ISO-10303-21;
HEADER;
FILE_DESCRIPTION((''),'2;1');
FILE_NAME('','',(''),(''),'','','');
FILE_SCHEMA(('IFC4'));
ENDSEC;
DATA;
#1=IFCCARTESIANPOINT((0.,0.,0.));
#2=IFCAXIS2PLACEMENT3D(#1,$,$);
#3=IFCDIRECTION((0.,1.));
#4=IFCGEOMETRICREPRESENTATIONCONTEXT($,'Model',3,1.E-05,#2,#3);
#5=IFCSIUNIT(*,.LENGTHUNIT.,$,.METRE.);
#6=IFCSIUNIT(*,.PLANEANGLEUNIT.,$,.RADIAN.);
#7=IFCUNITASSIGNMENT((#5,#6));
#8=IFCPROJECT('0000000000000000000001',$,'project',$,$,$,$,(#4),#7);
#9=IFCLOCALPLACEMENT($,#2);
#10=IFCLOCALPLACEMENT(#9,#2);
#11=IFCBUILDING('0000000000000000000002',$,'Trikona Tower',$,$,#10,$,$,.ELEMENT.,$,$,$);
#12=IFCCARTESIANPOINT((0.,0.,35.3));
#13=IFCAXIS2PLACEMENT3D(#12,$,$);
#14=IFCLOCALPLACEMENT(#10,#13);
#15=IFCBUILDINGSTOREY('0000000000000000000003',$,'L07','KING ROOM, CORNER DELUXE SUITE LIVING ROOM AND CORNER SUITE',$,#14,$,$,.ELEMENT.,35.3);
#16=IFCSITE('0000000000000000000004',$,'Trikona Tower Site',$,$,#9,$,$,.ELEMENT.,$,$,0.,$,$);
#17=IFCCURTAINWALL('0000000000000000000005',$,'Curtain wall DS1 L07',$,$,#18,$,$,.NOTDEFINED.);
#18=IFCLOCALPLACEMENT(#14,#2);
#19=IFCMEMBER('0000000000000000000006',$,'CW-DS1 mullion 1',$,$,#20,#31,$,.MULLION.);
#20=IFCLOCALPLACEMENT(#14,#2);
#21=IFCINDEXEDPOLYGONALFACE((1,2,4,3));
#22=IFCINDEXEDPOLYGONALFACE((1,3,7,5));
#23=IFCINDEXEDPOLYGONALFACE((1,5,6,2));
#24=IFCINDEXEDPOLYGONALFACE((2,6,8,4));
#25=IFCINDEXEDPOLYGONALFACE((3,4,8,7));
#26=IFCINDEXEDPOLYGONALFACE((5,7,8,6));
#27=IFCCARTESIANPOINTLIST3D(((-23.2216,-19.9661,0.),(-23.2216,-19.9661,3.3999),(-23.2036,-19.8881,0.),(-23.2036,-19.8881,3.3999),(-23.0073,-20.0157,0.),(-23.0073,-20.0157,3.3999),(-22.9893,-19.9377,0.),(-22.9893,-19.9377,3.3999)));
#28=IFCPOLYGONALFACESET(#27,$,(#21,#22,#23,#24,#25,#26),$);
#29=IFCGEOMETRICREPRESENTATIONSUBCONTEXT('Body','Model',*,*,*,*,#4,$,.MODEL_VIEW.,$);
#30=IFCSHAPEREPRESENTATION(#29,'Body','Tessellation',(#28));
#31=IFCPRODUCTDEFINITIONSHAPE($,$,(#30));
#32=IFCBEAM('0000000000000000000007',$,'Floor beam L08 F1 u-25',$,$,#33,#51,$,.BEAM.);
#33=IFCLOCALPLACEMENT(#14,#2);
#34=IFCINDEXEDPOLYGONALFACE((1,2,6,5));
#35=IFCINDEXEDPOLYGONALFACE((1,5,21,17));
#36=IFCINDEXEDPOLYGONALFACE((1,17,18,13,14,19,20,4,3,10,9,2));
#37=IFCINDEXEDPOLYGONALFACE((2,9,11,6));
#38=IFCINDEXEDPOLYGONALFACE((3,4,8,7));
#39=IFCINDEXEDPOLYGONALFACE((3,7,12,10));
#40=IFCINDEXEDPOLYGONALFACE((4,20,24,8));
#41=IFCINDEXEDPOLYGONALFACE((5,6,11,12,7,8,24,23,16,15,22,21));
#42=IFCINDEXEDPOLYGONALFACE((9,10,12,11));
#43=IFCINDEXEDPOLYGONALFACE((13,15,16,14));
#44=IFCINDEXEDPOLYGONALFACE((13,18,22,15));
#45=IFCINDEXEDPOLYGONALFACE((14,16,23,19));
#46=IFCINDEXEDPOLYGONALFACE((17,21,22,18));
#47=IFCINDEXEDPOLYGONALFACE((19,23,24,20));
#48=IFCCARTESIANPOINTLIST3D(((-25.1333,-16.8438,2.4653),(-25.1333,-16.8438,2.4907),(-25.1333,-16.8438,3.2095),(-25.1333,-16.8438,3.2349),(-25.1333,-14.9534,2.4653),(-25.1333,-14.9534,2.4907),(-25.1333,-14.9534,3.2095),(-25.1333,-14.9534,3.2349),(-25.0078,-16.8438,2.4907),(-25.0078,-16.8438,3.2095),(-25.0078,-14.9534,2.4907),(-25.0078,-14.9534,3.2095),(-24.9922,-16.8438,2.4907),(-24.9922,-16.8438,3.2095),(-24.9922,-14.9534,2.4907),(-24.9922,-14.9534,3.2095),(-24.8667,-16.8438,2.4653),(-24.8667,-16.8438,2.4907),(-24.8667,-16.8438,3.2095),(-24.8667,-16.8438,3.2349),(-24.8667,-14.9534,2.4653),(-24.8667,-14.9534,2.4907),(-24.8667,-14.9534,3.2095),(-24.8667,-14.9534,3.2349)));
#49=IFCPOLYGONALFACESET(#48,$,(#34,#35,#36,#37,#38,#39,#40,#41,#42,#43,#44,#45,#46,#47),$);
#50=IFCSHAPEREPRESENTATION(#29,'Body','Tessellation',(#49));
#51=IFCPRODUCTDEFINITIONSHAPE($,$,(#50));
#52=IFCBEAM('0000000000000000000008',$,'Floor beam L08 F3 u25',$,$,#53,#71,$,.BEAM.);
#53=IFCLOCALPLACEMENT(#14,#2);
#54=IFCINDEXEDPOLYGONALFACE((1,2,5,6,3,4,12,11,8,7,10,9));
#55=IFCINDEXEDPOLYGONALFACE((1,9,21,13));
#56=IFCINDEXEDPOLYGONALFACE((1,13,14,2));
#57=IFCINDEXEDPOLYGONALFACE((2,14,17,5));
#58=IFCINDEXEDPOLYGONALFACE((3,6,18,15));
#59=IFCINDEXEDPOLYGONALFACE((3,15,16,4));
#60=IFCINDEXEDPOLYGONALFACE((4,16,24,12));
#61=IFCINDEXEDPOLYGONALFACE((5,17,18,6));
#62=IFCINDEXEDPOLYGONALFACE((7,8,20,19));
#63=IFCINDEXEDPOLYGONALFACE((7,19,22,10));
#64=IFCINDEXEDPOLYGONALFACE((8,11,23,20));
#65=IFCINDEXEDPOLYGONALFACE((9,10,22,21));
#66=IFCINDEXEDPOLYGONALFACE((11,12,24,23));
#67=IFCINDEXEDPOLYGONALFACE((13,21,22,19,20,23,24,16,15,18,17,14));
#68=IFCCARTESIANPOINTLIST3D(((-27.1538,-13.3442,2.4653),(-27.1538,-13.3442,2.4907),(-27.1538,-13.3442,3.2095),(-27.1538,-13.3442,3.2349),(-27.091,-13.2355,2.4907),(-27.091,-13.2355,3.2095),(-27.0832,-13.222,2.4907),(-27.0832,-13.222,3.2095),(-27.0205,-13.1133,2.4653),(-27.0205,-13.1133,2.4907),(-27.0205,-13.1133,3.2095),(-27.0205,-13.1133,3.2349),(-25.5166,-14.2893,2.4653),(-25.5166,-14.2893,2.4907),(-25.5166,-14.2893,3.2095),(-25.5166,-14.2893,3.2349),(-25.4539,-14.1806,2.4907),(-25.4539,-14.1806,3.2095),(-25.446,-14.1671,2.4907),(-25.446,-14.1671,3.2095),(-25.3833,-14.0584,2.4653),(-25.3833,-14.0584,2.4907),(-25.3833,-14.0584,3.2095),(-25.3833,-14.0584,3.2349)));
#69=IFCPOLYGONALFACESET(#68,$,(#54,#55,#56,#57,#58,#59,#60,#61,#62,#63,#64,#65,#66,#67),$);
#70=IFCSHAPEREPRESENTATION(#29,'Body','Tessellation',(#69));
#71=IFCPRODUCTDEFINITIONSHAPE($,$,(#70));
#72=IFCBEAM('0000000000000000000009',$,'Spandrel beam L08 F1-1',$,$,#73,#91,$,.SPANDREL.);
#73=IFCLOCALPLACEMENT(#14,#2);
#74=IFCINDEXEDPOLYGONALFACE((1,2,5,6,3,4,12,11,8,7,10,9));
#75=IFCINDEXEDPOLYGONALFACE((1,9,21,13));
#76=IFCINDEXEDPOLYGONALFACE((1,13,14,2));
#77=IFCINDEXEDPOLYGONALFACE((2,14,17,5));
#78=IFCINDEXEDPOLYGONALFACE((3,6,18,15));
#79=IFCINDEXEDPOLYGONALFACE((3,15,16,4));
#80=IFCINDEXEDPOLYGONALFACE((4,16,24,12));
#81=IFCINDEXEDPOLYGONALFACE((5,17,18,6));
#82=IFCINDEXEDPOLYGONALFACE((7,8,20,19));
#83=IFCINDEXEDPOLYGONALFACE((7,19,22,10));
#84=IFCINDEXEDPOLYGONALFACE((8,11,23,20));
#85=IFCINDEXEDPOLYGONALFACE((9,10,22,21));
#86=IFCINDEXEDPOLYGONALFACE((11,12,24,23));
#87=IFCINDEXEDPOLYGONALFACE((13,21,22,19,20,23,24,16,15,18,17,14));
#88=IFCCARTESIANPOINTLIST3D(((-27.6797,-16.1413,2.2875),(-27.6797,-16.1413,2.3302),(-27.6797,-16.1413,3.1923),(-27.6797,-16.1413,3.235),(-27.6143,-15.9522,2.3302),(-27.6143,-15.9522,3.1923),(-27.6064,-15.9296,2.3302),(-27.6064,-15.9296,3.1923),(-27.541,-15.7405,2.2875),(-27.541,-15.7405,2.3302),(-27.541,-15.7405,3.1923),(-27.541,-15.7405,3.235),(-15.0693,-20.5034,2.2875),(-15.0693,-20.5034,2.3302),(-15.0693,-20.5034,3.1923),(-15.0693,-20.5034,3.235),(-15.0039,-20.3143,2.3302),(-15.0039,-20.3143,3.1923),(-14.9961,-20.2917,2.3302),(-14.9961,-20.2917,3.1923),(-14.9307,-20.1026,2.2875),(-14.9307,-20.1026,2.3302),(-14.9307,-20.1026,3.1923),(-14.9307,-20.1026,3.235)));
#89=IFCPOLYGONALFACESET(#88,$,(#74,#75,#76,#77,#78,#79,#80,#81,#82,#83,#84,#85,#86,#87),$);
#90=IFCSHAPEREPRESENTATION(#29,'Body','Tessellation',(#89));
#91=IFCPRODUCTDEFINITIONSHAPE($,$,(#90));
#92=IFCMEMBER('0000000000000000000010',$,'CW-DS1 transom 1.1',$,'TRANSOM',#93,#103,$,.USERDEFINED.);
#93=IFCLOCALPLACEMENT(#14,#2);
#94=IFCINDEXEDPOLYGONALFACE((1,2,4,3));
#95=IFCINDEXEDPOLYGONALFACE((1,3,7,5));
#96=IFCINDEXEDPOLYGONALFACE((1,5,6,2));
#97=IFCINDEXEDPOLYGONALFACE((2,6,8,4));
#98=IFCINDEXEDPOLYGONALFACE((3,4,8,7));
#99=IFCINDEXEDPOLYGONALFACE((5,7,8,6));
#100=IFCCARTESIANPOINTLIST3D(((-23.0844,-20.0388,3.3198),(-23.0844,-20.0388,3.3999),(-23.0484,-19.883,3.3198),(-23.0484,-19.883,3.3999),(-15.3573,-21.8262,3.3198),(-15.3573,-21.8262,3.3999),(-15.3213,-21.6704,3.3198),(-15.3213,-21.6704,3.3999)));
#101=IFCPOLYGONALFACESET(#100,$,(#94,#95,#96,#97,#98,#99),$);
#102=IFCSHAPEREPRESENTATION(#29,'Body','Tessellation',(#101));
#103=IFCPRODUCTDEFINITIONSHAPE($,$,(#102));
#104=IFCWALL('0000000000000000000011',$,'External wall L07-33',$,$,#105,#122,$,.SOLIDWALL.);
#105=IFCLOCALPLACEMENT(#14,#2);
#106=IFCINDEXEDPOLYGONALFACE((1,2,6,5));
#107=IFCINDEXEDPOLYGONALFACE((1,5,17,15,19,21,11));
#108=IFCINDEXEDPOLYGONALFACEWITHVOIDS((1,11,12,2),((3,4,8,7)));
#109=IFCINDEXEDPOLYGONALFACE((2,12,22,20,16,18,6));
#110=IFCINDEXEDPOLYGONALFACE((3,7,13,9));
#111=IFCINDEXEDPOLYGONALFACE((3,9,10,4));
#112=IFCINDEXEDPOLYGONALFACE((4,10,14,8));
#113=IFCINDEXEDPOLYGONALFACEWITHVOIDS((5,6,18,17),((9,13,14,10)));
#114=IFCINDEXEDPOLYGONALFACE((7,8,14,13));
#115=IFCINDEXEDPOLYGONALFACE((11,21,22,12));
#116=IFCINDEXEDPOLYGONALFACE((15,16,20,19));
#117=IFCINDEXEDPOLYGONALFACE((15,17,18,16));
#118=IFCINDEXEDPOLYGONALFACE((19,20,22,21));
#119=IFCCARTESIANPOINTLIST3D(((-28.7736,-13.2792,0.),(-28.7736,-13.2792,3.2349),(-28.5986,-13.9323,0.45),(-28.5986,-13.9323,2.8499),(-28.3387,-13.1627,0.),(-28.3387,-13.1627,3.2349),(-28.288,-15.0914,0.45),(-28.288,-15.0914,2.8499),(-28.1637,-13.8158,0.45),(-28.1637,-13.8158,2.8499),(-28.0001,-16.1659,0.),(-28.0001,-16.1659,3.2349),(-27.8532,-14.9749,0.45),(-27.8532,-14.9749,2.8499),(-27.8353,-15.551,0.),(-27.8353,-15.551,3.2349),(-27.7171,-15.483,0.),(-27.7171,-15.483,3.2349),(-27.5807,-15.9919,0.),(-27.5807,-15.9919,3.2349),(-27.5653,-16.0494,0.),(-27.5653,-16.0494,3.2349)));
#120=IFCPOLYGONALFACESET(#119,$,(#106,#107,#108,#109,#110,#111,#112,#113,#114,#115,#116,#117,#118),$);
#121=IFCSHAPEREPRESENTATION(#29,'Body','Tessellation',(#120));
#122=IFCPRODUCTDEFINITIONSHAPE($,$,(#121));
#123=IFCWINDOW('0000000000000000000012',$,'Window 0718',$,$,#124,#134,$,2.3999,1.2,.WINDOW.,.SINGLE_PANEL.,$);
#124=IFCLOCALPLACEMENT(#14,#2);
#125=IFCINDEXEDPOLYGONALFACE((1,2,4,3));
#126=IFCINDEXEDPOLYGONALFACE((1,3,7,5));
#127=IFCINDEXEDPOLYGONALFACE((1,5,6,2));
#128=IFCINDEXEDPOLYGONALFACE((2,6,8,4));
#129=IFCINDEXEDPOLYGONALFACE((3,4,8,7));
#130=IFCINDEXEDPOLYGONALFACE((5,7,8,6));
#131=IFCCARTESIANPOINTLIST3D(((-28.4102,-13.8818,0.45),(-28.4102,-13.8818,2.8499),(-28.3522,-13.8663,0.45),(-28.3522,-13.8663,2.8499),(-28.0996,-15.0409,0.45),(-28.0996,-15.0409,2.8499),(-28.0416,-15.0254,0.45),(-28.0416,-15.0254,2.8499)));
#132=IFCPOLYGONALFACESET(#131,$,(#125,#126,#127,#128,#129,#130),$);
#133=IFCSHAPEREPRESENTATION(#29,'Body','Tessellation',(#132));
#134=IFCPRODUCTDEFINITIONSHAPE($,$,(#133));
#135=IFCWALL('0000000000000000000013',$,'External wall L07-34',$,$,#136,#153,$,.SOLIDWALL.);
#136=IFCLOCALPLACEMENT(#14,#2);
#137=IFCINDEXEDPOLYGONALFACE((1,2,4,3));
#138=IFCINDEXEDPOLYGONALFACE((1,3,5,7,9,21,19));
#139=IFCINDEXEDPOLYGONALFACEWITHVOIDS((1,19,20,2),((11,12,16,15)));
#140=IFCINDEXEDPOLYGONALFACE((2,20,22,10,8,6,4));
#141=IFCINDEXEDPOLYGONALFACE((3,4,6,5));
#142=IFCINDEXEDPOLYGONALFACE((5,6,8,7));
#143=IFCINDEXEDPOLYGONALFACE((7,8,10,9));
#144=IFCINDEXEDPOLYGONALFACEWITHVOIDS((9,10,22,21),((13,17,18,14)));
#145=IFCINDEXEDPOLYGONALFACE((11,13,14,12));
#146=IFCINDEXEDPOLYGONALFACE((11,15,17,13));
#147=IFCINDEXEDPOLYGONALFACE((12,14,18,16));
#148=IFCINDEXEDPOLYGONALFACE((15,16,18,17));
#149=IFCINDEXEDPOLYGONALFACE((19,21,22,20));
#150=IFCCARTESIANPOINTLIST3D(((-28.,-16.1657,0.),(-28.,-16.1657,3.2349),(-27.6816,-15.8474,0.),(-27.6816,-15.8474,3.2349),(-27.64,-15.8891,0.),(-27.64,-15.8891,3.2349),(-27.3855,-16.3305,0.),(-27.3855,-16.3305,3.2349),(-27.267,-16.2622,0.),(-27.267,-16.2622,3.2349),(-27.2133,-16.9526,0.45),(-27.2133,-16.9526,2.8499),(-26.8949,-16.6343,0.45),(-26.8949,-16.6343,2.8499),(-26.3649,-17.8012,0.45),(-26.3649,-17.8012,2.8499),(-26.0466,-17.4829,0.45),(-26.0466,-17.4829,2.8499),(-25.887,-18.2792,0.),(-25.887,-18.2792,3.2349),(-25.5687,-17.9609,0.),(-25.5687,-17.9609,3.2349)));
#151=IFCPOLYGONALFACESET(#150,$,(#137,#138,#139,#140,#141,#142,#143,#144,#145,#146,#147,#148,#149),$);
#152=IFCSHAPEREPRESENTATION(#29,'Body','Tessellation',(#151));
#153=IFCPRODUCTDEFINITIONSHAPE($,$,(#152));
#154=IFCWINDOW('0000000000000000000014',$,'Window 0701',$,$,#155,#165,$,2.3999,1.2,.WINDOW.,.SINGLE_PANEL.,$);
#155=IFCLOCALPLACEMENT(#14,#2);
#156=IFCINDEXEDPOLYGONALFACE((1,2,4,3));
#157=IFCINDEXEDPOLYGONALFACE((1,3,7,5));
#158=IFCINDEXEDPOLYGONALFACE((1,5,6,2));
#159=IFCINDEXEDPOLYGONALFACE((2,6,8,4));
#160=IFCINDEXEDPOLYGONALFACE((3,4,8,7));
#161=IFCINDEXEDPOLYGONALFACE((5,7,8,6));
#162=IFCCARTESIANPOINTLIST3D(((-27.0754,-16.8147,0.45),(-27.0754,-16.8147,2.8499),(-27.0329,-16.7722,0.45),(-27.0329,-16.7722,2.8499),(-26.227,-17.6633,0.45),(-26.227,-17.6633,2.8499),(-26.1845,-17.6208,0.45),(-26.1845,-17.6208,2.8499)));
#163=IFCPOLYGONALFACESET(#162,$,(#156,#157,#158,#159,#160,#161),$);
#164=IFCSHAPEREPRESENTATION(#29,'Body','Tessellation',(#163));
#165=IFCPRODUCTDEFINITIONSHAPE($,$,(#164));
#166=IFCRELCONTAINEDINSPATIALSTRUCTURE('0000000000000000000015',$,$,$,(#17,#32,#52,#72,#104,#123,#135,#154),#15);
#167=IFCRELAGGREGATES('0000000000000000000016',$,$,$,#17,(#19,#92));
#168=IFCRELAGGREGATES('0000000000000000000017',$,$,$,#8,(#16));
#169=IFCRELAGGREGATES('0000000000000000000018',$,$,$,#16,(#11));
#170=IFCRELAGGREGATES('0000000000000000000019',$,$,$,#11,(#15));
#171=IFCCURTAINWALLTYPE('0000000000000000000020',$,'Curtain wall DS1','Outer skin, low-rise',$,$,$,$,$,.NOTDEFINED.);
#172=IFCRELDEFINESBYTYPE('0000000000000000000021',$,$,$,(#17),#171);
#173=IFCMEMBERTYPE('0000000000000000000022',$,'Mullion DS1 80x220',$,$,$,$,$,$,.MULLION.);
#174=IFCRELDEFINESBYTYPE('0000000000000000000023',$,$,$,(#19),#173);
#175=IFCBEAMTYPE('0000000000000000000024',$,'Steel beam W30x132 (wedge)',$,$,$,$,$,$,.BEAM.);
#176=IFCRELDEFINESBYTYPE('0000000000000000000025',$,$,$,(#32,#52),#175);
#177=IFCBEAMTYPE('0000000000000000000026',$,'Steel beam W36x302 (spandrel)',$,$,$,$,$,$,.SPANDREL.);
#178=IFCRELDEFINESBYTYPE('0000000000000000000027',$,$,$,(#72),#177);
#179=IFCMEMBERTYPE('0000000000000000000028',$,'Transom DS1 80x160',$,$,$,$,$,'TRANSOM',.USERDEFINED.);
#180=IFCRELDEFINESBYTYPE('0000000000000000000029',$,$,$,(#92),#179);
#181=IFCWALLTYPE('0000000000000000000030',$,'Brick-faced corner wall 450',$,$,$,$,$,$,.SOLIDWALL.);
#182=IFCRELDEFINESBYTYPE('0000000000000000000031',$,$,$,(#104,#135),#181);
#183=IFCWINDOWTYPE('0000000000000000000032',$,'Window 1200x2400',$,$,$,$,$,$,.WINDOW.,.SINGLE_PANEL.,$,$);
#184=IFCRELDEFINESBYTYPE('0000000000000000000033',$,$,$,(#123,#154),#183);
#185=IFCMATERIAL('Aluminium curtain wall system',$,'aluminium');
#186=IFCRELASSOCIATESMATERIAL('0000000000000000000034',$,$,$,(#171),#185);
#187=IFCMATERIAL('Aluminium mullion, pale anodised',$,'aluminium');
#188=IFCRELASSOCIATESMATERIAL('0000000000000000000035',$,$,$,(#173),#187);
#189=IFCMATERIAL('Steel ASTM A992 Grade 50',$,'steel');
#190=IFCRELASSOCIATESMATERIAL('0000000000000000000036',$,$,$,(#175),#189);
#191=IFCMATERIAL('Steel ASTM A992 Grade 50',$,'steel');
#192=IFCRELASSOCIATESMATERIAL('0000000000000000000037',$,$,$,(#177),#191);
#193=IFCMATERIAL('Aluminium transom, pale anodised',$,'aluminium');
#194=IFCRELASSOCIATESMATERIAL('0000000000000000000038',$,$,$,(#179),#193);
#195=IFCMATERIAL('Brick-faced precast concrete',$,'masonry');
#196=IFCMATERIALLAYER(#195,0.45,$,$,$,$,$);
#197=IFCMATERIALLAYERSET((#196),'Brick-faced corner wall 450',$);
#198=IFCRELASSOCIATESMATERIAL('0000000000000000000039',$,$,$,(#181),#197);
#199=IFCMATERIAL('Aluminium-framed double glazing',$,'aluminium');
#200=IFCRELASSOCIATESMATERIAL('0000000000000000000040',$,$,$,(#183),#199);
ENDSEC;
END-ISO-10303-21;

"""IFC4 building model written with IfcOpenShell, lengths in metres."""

from ifc_helpers import new_model, si_unit, direction, frame, frame_2d, origin, origin_2d, place, context, subcontext, project, spatial, polyline, rectangle, i_section, outline, extrude, material, layer, layer_set, material_profile, profile_set, type_object, element, fill, aggregate, save


model = new_model("IFC4")

# Units and contexts
model_context = context("Model", 3, precision=1e-05, world=origin(), true_north=direction((0.0, 1.0)))
body_context = subcontext(model_context, "Body", "Model", "MODEL_VIEW")
ifc_project = project(units=[si_unit("LENGTHUNIT", "METRE"), si_unit("PLANEANGLEUNIT", "RADIAN")], contexts=[model_context])

# Site, building, storey
site_placement = place(None, origin())
site = spatial("IfcSite", under=ifc_project, at=site_placement, Name="Trikona Tower Site", CompositionType="ELEMENT", RefElevation=0.0)
building_placement = place(site_placement, origin())
building = spatial("IfcBuilding", under=site, at=building_placement, Name="Trikona Tower", CompositionType="ELEMENT")
storey_placement = place(building_placement, frame((0.0, 0.0, 35.3)))
storey = spatial("IfcBuildingStorey", under=building, at=storey_placement, Name="L07", Description="KING ROOM, CORNER DELUXE SUITE LIVING ROOM AND CORNER SUITE", CompositionType="ELEMENT", Elevation=35.3)

# Curtain wall, member
ifc_material_1 = material(Name="Aluminium curtain wall system", Category="aluminium")
curtain_wall_type = type_object("IfcCurtainWallType", Name="Curtain wall DS1", Description="Outer skin, low-rise", PredefinedType="NOTDEFINED", material=ifc_material_1)
curtain_wall_placement = place(storey_placement, origin())
curtain_wall = element("IfcCurtainWall", 1, at=curtain_wall_placement, inside=storey, type_object=curtain_wall_type, Name="Curtain wall DS1 L07", PredefinedType="NOTDEFINED")
ifc_material_2 = material(Name="Aluminium mullion, pale anodised", Category="aluminium")
ifc_material_profile_1 = material_profile(ifc_material_2, rectangle(XDim=0.0801, YDim=0.22, at=origin_2d()), Name="MUL-DS1")
ifc_profile_set_1 = profile_set([ifc_material_profile_1], Name="Aluminium mullion, pale anodised")
member_type_1 = type_object("IfcMemberType", Name="Mullion DS1 80x220", PredefinedType="MULLION", material=ifc_profile_set_1)
member_1_placement = place(storey_placement, frame((-23.1055, -19.9519, 0.0), z_axis=(0.0, 0.0, 1.0), x_axis=(0.225343, 0.974279, 0.0)))
member_1 = element("IfcMember", 2, at=member_1_placement, type_object=member_type_1, Name="CW-DS1 mullion 1", PredefinedType="MULLION", context=body_context, shape_type="SweptSolid", body=[
    extrude(rectangle(XDim=0.0801, YDim=0.22, at=origin_2d()), origin(), (0.0, 0.0, 1.0), 3.3999),
])

# Beams
ifc_material_3 = material(Name="Steel ASTM A992 Grade 50", Category="steel")
ifc_material_profile_2 = material_profile(ifc_material_3, i_section(OverallWidth=0.2666, OverallDepth=0.7695, WebThickness=0.0156, FlangeThickness=0.0254, at=origin_2d()), Name="W30X132")
ifc_profile_set_2 = profile_set([ifc_material_profile_2], Name="Steel ASTM A992 Grade 50")
beam_type_1 = type_object("IfcBeamType", Name="Steel beam W30x132 (wedge)", PredefinedType="BEAM", material=ifc_profile_set_2)
for number, where, z_axis, x_axis, name in (
    (3, (-25.0, -14.9534, 2.8501), (0.0, -1.0, 0.0), (1.0, 0.0, 0.0), "Floor beam L08 F1 u-25"),
    (4, (-25.45, -14.1738, 2.8501), (-0.866065, 0.499931, 0.0), (-0.499931, -0.866065, 0.0), "Floor beam L08 F3 u25"),
):
    element("IfcBeam", number, at=place(storey_placement, frame(where, z_axis=z_axis, x_axis=x_axis)), inside=storey, type_object=beam_type_1, Name=name, PredefinedType="BEAM", context=body_context, shape_type="SweptSolid", body=[
        extrude(i_section(OverallWidth=0.2666, OverallDepth=0.7695, WebThickness=0.0156, FlangeThickness=0.0254, at=origin_2d()), origin(), (0.0, 0.0, 1.0), 1.8904),
    ])
ifc_material_4 = material(Name="Steel ASTM A992 Grade 50", Category="steel")
ifc_material_profile_3 = material_profile(ifc_material_4, i_section(OverallWidth=0.4241, OverallDepth=0.9475, WebThickness=0.0239, FlangeThickness=0.0427, at=origin_2d()), Name="W36X302")
ifc_profile_set_3 = profile_set([ifc_material_profile_3], Name="Steel ASTM A992 Grade 50")
beam_type_2 = type_object("IfcBeamType", Name="Steel beam W36x302 (spandrel)", PredefinedType="SPANDREL", material=ifc_profile_set_3)
beam_placement = place(storey_placement, frame((-27.6104, -15.9409, 2.7612), z_axis=(0.945057, -0.326906, 0.0), x_axis=(0.326906, 0.945057, 0.0)))
element("IfcBeam", 5, at=beam_placement, inside=storey, type_object=beam_type_2, Name="Spandrel beam L08 F1-1", PredefinedType="SPANDREL", context=body_context, shape_type="SweptSolid", body=[
    extrude(i_section(OverallWidth=0.4241, OverallDepth=0.9475, WebThickness=0.0239, FlangeThickness=0.0427, at=origin_2d()), origin(), (0.0, 0.0, 1.0), 13.3435),
])

# Member
ifc_material_5 = material(Name="Aluminium transom, pale anodised", Category="aluminium")
ifc_material_profile_4 = material_profile(ifc_material_5, rectangle(XDim=0.1599, YDim=0.0801, at=origin_2d()), Name="TRN-DS1")
ifc_profile_set_4 = profile_set([ifc_material_profile_4], Name="Aluminium transom, pale anodised")
member_type_2 = type_object("IfcMemberType", Name="Transom DS1 80x160", ElementType="TRANSOM", PredefinedType="USERDEFINED", material=ifc_profile_set_4)
member_2_placement = place(storey_placement, frame((-23.0664, -19.9609, 3.3599), z_axis=(0.974275, -0.225361, 0.0), x_axis=(0.225361, 0.974275, 0.0)))
member_2 = element("IfcMember", 6, at=member_2_placement, type_object=member_type_2, Name="CW-DS1 transom 1.1", ObjectType="TRANSOM", PredefinedType="USERDEFINED", context=body_context, shape_type="SweptSolid", body=[
    extrude(rectangle(XDim=0.1599, YDim=0.0801, at=origin_2d()), origin(), (0.0, 0.0, 1.0), 7.9312),
])
aggregate(curtain_wall, [member_1, member_2])

# Walls, openings, windows
ifc_material_6 = material(Name="Brick-faced precast concrete", Category="masonry")
ifc_layer_1 = layer(ifc_material_6, 0.45)
ifc_layer_set_1 = layer_set([ifc_layer_1], Name="Brick-faced corner wall 450")
wall_type_1 = type_object("IfcWallType", Name="Brick-faced corner wall 450", PredefinedType="SOLIDWALL", material=ifc_layer_set_1)
wall_1_placement = place(storey_placement, frame((-28.5562, -13.2209, 0.0), z_axis=(0.0, 0.0, 1.0), x_axis=(0.258801, -0.965931, 0.0)))
wall_1 = element("IfcWall", 7, at=wall_1_placement, inside=storey, type_object=wall_type_1, Name="External wall L07-33", PredefinedType="SOLIDWALL", context=body_context, shape_type="SweptSolid", body=[
    extrude(outline(polyline([(2.9885, 0.2251), (2.929, 0.2251), (2.4373, 0.0933), (2.4021, 0.2251), (0.0, 0.2251), (0.0, -0.2251), (2.9885, -0.2251), (2.9885, 0.2251)])), origin(), (0.0, 0.0, 1.0), 3.2349),
])
opening_1_placement = place(wall_1_placement, frame((0.676, 0.0, 0.45)))
opening_1 = element("IfcOpeningElement", 8, at=opening_1_placement, cuts=wall_1, PredefinedType="OPENING", context=body_context, shape_type="SweptSolid", body=[
    extrude(rectangle(XDim=1.2, YDim=2.3999, at=frame_2d((0.6001, 1.2))), frame((0.0, 0.2349, 0.0), z_axis=(0.0, -1.0, 0.0), x_axis=(1.0, 0.0, 0.0)), (0.0, 0.0, 1.0), 0.47),
])
ifc_material_7 = material(Name="Aluminium-framed double glazing", Category="aluminium")
window_type_1 = type_object("IfcWindowType", Name="Window 1200x2400", PartitioningType="SINGLE_PANEL", PredefinedType="WINDOW", material=ifc_material_7)
window_1_placement = place(opening_1_placement, origin())
window_1 = element("IfcWindow", 9, at=window_1_placement, inside=storey, type_object=window_type_1, Name="Window 0718", OverallHeight=2.3999, OverallWidth=1.2, PartitioningType="SINGLE_PANEL", PredefinedType="WINDOW", context=body_context, shape_type="SweptSolid", body=[
    extrude(rectangle(XDim=1.2, YDim=2.3999, at=frame_2d((0.6001, 1.2))), frame((0.0, 0.03, 0.0), z_axis=(0.0, -1.0, 0.0), x_axis=(1.0, 0.0, 0.0)), (0.0, 0.0, 1.0), 0.0601),
])
fill(opening_1, window_1)
wall_2_placement = place(storey_placement, frame((-27.8408, -16.0066, 0.0), z_axis=(0.0, 0.0, 1.0), x_axis=(0.707025, -0.707188, 0.0)))
wall_2 = element("IfcWall", 10, at=wall_2_placement, inside=storey, type_object=wall_type_1, Name="External wall L07-34", PredefinedType="SOLIDWALL", context=body_context, shape_type="SweptSolid", body=[
    extrude(outline(polyline([(2.9885, 0.2251), (0.5864, 0.2251), (0.551, 0.093), (0.0588, 0.2251), (0.0, 0.2251), (0.0, -0.2251), (2.9885, -0.2251), (2.9885, 0.2251)])), origin(), (0.0, 0.0, 1.0), 3.2349),
])
opening_2_placement = place(wall_2_placement, frame((1.1125, 0.0, 0.45)))
opening_2 = element("IfcOpeningElement", 11, at=opening_2_placement, cuts=wall_2, PredefinedType="OPENING", context=body_context, shape_type="SweptSolid", body=[
    extrude(rectangle(XDim=1.2, YDim=2.3999, at=frame_2d((0.6001, 1.2))), frame((0.0, 0.2349, 0.0), z_axis=(0.0, -1.0, 0.0), x_axis=(1.0, 0.0, 0.0)), (0.0, 0.0, 1.0), 0.47),
])
window_2_placement = place(opening_2_placement, origin())
window_2 = element("IfcWindow", 12, at=window_2_placement, inside=storey, type_object=window_type_1, Name="Window 0701", OverallHeight=2.3999, OverallWidth=1.2, PartitioningType="SINGLE_PANEL", PredefinedType="WINDOW", context=body_context, shape_type="SweptSolid", body=[
    extrude(rectangle(XDim=1.2, YDim=2.3999, at=frame_2d((0.6001, 1.2))), frame((0.0, 0.03, 0.0), z_axis=(0.0, -1.0, 0.0), x_axis=(1.0, 0.0, 0.0)), (0.0, 0.0, 1.0), 0.0601),
])
fill(opening_2, window_2)

save(model, "model.ifc")
